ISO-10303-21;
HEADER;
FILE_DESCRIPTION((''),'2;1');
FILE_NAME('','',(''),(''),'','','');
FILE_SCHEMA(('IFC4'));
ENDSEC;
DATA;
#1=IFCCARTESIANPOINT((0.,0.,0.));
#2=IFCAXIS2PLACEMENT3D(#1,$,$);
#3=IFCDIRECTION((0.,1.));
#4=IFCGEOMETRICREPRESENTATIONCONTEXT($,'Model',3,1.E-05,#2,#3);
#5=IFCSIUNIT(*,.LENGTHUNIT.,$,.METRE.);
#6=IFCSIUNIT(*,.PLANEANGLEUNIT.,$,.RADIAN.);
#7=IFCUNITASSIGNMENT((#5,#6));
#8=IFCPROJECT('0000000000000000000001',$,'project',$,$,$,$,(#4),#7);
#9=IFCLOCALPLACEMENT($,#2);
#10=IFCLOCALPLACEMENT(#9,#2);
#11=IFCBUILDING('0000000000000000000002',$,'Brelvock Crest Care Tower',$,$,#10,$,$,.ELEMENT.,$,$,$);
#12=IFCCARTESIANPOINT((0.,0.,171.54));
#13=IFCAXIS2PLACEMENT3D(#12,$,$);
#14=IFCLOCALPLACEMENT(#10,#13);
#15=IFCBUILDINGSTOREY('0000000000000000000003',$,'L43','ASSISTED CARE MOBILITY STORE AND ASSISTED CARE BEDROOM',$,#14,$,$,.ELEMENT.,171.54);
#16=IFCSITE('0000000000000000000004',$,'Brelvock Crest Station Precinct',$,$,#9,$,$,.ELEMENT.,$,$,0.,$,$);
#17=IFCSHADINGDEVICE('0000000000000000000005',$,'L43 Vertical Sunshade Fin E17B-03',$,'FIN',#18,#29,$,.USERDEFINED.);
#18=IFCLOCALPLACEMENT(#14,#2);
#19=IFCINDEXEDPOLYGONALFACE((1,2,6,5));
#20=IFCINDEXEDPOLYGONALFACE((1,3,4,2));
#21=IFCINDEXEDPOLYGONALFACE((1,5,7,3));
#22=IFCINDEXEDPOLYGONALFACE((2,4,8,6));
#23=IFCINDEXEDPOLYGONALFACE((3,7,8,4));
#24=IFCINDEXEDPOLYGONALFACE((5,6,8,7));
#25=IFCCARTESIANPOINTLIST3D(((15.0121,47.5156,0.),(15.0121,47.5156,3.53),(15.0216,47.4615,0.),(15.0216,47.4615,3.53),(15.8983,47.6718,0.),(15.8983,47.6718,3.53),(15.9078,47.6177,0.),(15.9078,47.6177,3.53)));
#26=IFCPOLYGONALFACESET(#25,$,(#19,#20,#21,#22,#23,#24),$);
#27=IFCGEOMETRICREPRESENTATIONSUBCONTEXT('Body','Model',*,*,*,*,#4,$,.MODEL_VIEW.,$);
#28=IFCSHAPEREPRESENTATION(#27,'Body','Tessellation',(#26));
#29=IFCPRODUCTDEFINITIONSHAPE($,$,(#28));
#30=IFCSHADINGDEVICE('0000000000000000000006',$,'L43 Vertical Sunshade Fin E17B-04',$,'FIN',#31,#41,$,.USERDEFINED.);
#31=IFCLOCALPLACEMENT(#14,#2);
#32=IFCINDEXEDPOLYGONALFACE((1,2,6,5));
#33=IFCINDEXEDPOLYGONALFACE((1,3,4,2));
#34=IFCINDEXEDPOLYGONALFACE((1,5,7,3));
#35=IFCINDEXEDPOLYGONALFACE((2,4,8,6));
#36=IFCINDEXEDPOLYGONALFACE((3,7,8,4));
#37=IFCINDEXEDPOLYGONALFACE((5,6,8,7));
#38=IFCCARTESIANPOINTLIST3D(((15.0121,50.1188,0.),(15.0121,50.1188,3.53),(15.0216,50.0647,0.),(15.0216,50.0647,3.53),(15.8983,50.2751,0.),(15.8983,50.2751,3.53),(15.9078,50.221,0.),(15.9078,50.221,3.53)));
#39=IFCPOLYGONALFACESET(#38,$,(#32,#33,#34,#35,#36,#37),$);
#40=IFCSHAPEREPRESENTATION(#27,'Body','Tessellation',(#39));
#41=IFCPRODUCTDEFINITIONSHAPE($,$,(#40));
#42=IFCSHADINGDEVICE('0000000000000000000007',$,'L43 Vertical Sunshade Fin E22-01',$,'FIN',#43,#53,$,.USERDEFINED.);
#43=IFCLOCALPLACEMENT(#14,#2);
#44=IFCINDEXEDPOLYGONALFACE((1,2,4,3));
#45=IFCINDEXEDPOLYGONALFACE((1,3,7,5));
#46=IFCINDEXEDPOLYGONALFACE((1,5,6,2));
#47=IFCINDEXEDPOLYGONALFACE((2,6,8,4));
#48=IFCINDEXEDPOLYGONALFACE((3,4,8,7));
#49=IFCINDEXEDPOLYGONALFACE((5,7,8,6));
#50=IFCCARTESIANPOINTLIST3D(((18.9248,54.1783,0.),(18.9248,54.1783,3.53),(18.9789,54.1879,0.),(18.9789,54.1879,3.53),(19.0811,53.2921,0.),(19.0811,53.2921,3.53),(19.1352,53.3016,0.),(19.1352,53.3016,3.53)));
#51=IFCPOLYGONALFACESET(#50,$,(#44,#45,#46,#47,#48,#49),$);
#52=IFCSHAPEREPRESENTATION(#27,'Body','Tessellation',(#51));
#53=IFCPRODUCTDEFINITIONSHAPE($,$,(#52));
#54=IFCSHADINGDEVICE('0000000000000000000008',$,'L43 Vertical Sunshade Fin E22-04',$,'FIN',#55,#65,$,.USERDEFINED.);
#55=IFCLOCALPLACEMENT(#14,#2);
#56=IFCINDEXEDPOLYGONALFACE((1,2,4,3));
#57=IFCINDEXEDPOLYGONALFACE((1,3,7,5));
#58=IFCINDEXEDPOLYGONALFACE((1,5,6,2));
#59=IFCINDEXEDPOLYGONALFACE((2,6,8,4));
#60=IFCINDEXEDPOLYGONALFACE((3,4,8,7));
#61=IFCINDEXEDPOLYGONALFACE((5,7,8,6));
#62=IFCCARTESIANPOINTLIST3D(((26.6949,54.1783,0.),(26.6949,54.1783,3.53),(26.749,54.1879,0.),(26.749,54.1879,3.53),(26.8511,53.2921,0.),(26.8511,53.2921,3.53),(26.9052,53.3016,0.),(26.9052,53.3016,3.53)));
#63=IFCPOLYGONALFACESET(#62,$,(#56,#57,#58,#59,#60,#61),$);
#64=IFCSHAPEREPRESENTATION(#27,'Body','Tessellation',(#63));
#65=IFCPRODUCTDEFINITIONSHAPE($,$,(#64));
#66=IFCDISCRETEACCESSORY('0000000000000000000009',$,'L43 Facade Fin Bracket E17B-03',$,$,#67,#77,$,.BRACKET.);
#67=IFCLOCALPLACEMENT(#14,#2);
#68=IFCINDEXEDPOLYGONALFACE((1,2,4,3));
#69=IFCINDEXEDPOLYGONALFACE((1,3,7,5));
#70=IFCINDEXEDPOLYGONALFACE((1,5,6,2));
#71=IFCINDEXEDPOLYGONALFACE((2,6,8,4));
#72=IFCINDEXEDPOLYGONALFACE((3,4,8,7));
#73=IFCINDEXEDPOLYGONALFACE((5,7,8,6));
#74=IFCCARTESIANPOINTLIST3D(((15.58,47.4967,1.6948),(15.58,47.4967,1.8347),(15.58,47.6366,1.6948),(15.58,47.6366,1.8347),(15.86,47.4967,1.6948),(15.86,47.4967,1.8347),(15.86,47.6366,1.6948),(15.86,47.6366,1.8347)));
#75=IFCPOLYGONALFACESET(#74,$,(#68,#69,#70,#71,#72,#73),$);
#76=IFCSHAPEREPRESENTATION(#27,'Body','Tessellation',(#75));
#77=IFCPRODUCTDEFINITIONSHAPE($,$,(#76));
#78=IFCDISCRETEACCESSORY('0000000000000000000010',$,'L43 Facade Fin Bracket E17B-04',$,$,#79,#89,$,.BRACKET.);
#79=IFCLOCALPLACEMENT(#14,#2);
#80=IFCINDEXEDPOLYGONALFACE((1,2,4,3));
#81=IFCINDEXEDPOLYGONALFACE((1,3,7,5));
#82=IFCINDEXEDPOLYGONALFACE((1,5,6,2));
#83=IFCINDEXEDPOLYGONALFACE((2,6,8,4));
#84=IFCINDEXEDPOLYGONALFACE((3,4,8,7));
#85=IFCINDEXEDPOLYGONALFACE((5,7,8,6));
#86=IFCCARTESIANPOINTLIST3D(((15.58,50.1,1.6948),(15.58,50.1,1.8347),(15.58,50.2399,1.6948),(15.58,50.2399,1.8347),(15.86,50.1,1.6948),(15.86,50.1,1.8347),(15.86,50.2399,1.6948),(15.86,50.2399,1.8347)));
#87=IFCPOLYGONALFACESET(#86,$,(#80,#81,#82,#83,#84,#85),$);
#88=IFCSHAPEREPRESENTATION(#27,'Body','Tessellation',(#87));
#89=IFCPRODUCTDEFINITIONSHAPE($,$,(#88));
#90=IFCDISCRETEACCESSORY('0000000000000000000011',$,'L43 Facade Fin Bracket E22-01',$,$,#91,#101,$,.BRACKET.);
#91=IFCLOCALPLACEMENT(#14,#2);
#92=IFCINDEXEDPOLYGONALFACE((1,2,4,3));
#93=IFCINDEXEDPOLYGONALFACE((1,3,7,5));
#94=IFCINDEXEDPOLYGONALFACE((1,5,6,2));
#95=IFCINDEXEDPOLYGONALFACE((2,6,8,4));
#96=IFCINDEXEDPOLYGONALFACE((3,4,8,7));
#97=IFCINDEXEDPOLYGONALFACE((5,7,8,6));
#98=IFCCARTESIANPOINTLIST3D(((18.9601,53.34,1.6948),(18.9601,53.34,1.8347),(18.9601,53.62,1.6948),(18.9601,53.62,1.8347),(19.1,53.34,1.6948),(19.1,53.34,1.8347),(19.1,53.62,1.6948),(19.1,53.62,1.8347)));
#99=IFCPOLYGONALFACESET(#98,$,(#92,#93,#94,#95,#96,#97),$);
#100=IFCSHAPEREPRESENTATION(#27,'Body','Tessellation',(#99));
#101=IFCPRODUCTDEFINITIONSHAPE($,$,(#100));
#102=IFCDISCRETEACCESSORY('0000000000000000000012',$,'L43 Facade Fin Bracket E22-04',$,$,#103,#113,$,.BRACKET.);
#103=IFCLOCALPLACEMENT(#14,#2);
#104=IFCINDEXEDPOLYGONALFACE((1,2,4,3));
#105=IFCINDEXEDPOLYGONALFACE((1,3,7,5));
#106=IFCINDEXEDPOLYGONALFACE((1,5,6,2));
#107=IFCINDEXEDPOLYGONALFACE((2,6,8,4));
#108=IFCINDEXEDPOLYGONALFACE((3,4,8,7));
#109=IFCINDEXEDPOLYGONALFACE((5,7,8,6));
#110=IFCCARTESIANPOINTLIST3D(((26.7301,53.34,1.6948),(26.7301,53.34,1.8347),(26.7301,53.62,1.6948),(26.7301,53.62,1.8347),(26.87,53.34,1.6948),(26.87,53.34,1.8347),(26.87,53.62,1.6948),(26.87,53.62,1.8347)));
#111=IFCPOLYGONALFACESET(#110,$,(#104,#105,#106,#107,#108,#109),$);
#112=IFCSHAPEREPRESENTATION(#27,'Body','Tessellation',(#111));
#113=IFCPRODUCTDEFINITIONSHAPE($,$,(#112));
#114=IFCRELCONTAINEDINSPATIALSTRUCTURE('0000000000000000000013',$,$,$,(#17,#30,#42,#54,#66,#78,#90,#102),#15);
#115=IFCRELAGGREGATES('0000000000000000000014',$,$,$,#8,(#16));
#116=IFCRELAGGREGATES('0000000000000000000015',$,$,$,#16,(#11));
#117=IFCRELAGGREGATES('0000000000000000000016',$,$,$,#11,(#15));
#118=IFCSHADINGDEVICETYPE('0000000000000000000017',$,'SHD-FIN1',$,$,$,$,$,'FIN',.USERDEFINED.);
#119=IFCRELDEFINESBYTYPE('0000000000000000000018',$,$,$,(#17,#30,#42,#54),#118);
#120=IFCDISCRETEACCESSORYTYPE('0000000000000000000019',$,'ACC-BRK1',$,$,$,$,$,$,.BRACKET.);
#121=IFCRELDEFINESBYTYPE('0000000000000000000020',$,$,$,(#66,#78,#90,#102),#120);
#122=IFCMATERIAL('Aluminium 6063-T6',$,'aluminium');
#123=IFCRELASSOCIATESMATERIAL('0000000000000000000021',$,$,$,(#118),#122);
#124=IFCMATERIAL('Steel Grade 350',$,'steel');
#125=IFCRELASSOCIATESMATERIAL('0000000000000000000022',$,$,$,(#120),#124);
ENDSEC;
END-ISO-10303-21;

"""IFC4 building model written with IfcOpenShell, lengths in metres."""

from ifc_helpers import new_model, si_unit, direction, frame, origin, origin_2d, place, context, subcontext, project, spatial, rectangle, extrude, source, transform, mapped, material, material_profile, profile_set, type_object, element, save


model = new_model("IFC4")

# Units and contexts
model_context = context("Model", 3, precision=1e-05, world=origin(), true_north=direction((0.0, 1.0)))
body_context = subcontext(model_context, "Body", "Model", "MODEL_VIEW")
ifc_project = project(units=[si_unit("LENGTHUNIT", "METRE"), si_unit("PLANEANGLEUNIT", "RADIAN")], contexts=[model_context])

# Site, building, storey
site_placement = place(None, origin())
site = spatial("IfcSite", under=ifc_project, at=site_placement, Name="Brelvock Crest Station Precinct", CompositionType="ELEMENT", RefElevation=0.0)
building_placement = place(site_placement, origin())
building = spatial("IfcBuilding", under=site, at=building_placement, Name="Brelvock Crest Care Tower", CompositionType="ELEMENT")
storey_placement = place(building_placement, frame((0.0, 0.0, 171.54)))
storey = spatial("IfcBuildingStorey", under=building, at=storey_placement, Name="L43", Description="ASSISTED CARE MOBILITY STORE AND ASSISTED CARE BEDROOM", CompositionType="ELEMENT", Elevation=171.54)

# Shared definitions
ifc_material_1 = material(Name="Aluminium 6063-T6", Category="aluminium")

# Shading devices
ifc_material_profile_1 = material_profile(ifc_material_1, rectangle(XDim=0.0549, YDim=0.8999, at=origin_2d()), Name="FIN55x900")
ifc_profile_set_1 = profile_set([ifc_material_profile_1], Name="Aluminium 6063-T6")
shading_device_type = type_object("IfcShadingDeviceType", Name="SHD-FIN1", ElementType="FIN", PredefinedType="USERDEFINED", material=ifc_profile_set_1)
shared_shape_1 = source(origin(), body_context, "Body", "SweptSolid", [
    extrude(rectangle(XDim=0.0549, YDim=0.8999, at=origin_2d()), origin(), (0.0, 0.0, 1.0), 3.53),
])
for number, where, z_axis, x_axis, name in (
    (1, (15.46, 47.5667, 0.0), (0.0, 0.0, 1.0), (-0.173648, 0.984808, 0.0), "L43 Vertical Sunshade Fin E17B-03"),
    (2, (15.46, 50.1699, 0.0), (0.0, 0.0, 1.0), (-0.173648, 0.984808, 0.0), "L43 Vertical Sunshade Fin E17B-04"),
    (3, (19.03, 53.74, 0.0), (0.0, 0.0, 1.0), (0.984808, 0.173648, 0.0), "L43 Vertical Sunshade Fin E22-01"),
    (4, (26.8, 53.74, 0.0), (0.0, 0.0, 1.0), (0.984808, 0.173648, 0.0), "L43 Vertical Sunshade Fin E22-04"),
):
    element("IfcShadingDevice", number, at=place(storey_placement, frame(where, z_axis=z_axis, x_axis=x_axis)), inside=storey, type_object=shading_device_type, Name=name, ObjectType="FIN", PredefinedType="USERDEFINED", context=body_context, shape_type="MappedRepresentation", body=[
        mapped(shared_shape_1, transform((0.0, 0.0, 0.0), x_axis=(1.0, 0.0, 0.0), y_axis=(0.0, 1.0, 0.0), z_axis=(0.0, 0.0, 1.0), scale=1.0)),
    ])

# Discrete accessories
ifc_material_2 = material(Name="Steel Grade 350", Category="steel")
discrete_accessory_type = type_object("IfcDiscreteAccessoryType", Name="ACC-BRK1", PredefinedType="BRACKET", material=ifc_material_2)
shared_shape_2 = source(origin(), body_context, "Body", "SweptSolid", [
    extrude(rectangle(XDim=0.28, YDim=0.1399, at=origin_2d()), origin(), (0.0, 0.0, 1.0), 0.1399),
])
for number, where, z_axis, x_axis, name in (
    (5, (15.72, 47.5667, 1.6948), (0.0, 0.0, 1.0), (-1.0, 0.0, 0.0), "L43 Facade Fin Bracket E17B-03"),
    (6, (15.72, 50.1699, 1.6948), (0.0, 0.0, 1.0), (-1.0, 0.0, 0.0), "L43 Facade Fin Bracket E17B-04"),
    (7, (19.03, 53.48, 1.6948), (0.0, 0.0, 1.0), (0.0, 1.0, 0.0), "L43 Facade Fin Bracket E22-01"),
    (8, (26.8, 53.48, 1.6948), (0.0, 0.0, 1.0), (0.0, 1.0, 0.0), "L43 Facade Fin Bracket E22-04"),
):
    element("IfcDiscreteAccessory", number, at=place(storey_placement, frame(where, z_axis=z_axis, x_axis=x_axis)), inside=storey, type_object=discrete_accessory_type, Name=name, PredefinedType="BRACKET", context=body_context, shape_type="MappedRepresentation", body=[
        mapped(shared_shape_2, transform((0.0, 0.0, 0.0), x_axis=(1.0, 0.0, 0.0), y_axis=(0.0, 1.0, 0.0), z_axis=(0.0, 0.0, 1.0), scale=1.0)),
    ])

save(model, "model.ifc")
